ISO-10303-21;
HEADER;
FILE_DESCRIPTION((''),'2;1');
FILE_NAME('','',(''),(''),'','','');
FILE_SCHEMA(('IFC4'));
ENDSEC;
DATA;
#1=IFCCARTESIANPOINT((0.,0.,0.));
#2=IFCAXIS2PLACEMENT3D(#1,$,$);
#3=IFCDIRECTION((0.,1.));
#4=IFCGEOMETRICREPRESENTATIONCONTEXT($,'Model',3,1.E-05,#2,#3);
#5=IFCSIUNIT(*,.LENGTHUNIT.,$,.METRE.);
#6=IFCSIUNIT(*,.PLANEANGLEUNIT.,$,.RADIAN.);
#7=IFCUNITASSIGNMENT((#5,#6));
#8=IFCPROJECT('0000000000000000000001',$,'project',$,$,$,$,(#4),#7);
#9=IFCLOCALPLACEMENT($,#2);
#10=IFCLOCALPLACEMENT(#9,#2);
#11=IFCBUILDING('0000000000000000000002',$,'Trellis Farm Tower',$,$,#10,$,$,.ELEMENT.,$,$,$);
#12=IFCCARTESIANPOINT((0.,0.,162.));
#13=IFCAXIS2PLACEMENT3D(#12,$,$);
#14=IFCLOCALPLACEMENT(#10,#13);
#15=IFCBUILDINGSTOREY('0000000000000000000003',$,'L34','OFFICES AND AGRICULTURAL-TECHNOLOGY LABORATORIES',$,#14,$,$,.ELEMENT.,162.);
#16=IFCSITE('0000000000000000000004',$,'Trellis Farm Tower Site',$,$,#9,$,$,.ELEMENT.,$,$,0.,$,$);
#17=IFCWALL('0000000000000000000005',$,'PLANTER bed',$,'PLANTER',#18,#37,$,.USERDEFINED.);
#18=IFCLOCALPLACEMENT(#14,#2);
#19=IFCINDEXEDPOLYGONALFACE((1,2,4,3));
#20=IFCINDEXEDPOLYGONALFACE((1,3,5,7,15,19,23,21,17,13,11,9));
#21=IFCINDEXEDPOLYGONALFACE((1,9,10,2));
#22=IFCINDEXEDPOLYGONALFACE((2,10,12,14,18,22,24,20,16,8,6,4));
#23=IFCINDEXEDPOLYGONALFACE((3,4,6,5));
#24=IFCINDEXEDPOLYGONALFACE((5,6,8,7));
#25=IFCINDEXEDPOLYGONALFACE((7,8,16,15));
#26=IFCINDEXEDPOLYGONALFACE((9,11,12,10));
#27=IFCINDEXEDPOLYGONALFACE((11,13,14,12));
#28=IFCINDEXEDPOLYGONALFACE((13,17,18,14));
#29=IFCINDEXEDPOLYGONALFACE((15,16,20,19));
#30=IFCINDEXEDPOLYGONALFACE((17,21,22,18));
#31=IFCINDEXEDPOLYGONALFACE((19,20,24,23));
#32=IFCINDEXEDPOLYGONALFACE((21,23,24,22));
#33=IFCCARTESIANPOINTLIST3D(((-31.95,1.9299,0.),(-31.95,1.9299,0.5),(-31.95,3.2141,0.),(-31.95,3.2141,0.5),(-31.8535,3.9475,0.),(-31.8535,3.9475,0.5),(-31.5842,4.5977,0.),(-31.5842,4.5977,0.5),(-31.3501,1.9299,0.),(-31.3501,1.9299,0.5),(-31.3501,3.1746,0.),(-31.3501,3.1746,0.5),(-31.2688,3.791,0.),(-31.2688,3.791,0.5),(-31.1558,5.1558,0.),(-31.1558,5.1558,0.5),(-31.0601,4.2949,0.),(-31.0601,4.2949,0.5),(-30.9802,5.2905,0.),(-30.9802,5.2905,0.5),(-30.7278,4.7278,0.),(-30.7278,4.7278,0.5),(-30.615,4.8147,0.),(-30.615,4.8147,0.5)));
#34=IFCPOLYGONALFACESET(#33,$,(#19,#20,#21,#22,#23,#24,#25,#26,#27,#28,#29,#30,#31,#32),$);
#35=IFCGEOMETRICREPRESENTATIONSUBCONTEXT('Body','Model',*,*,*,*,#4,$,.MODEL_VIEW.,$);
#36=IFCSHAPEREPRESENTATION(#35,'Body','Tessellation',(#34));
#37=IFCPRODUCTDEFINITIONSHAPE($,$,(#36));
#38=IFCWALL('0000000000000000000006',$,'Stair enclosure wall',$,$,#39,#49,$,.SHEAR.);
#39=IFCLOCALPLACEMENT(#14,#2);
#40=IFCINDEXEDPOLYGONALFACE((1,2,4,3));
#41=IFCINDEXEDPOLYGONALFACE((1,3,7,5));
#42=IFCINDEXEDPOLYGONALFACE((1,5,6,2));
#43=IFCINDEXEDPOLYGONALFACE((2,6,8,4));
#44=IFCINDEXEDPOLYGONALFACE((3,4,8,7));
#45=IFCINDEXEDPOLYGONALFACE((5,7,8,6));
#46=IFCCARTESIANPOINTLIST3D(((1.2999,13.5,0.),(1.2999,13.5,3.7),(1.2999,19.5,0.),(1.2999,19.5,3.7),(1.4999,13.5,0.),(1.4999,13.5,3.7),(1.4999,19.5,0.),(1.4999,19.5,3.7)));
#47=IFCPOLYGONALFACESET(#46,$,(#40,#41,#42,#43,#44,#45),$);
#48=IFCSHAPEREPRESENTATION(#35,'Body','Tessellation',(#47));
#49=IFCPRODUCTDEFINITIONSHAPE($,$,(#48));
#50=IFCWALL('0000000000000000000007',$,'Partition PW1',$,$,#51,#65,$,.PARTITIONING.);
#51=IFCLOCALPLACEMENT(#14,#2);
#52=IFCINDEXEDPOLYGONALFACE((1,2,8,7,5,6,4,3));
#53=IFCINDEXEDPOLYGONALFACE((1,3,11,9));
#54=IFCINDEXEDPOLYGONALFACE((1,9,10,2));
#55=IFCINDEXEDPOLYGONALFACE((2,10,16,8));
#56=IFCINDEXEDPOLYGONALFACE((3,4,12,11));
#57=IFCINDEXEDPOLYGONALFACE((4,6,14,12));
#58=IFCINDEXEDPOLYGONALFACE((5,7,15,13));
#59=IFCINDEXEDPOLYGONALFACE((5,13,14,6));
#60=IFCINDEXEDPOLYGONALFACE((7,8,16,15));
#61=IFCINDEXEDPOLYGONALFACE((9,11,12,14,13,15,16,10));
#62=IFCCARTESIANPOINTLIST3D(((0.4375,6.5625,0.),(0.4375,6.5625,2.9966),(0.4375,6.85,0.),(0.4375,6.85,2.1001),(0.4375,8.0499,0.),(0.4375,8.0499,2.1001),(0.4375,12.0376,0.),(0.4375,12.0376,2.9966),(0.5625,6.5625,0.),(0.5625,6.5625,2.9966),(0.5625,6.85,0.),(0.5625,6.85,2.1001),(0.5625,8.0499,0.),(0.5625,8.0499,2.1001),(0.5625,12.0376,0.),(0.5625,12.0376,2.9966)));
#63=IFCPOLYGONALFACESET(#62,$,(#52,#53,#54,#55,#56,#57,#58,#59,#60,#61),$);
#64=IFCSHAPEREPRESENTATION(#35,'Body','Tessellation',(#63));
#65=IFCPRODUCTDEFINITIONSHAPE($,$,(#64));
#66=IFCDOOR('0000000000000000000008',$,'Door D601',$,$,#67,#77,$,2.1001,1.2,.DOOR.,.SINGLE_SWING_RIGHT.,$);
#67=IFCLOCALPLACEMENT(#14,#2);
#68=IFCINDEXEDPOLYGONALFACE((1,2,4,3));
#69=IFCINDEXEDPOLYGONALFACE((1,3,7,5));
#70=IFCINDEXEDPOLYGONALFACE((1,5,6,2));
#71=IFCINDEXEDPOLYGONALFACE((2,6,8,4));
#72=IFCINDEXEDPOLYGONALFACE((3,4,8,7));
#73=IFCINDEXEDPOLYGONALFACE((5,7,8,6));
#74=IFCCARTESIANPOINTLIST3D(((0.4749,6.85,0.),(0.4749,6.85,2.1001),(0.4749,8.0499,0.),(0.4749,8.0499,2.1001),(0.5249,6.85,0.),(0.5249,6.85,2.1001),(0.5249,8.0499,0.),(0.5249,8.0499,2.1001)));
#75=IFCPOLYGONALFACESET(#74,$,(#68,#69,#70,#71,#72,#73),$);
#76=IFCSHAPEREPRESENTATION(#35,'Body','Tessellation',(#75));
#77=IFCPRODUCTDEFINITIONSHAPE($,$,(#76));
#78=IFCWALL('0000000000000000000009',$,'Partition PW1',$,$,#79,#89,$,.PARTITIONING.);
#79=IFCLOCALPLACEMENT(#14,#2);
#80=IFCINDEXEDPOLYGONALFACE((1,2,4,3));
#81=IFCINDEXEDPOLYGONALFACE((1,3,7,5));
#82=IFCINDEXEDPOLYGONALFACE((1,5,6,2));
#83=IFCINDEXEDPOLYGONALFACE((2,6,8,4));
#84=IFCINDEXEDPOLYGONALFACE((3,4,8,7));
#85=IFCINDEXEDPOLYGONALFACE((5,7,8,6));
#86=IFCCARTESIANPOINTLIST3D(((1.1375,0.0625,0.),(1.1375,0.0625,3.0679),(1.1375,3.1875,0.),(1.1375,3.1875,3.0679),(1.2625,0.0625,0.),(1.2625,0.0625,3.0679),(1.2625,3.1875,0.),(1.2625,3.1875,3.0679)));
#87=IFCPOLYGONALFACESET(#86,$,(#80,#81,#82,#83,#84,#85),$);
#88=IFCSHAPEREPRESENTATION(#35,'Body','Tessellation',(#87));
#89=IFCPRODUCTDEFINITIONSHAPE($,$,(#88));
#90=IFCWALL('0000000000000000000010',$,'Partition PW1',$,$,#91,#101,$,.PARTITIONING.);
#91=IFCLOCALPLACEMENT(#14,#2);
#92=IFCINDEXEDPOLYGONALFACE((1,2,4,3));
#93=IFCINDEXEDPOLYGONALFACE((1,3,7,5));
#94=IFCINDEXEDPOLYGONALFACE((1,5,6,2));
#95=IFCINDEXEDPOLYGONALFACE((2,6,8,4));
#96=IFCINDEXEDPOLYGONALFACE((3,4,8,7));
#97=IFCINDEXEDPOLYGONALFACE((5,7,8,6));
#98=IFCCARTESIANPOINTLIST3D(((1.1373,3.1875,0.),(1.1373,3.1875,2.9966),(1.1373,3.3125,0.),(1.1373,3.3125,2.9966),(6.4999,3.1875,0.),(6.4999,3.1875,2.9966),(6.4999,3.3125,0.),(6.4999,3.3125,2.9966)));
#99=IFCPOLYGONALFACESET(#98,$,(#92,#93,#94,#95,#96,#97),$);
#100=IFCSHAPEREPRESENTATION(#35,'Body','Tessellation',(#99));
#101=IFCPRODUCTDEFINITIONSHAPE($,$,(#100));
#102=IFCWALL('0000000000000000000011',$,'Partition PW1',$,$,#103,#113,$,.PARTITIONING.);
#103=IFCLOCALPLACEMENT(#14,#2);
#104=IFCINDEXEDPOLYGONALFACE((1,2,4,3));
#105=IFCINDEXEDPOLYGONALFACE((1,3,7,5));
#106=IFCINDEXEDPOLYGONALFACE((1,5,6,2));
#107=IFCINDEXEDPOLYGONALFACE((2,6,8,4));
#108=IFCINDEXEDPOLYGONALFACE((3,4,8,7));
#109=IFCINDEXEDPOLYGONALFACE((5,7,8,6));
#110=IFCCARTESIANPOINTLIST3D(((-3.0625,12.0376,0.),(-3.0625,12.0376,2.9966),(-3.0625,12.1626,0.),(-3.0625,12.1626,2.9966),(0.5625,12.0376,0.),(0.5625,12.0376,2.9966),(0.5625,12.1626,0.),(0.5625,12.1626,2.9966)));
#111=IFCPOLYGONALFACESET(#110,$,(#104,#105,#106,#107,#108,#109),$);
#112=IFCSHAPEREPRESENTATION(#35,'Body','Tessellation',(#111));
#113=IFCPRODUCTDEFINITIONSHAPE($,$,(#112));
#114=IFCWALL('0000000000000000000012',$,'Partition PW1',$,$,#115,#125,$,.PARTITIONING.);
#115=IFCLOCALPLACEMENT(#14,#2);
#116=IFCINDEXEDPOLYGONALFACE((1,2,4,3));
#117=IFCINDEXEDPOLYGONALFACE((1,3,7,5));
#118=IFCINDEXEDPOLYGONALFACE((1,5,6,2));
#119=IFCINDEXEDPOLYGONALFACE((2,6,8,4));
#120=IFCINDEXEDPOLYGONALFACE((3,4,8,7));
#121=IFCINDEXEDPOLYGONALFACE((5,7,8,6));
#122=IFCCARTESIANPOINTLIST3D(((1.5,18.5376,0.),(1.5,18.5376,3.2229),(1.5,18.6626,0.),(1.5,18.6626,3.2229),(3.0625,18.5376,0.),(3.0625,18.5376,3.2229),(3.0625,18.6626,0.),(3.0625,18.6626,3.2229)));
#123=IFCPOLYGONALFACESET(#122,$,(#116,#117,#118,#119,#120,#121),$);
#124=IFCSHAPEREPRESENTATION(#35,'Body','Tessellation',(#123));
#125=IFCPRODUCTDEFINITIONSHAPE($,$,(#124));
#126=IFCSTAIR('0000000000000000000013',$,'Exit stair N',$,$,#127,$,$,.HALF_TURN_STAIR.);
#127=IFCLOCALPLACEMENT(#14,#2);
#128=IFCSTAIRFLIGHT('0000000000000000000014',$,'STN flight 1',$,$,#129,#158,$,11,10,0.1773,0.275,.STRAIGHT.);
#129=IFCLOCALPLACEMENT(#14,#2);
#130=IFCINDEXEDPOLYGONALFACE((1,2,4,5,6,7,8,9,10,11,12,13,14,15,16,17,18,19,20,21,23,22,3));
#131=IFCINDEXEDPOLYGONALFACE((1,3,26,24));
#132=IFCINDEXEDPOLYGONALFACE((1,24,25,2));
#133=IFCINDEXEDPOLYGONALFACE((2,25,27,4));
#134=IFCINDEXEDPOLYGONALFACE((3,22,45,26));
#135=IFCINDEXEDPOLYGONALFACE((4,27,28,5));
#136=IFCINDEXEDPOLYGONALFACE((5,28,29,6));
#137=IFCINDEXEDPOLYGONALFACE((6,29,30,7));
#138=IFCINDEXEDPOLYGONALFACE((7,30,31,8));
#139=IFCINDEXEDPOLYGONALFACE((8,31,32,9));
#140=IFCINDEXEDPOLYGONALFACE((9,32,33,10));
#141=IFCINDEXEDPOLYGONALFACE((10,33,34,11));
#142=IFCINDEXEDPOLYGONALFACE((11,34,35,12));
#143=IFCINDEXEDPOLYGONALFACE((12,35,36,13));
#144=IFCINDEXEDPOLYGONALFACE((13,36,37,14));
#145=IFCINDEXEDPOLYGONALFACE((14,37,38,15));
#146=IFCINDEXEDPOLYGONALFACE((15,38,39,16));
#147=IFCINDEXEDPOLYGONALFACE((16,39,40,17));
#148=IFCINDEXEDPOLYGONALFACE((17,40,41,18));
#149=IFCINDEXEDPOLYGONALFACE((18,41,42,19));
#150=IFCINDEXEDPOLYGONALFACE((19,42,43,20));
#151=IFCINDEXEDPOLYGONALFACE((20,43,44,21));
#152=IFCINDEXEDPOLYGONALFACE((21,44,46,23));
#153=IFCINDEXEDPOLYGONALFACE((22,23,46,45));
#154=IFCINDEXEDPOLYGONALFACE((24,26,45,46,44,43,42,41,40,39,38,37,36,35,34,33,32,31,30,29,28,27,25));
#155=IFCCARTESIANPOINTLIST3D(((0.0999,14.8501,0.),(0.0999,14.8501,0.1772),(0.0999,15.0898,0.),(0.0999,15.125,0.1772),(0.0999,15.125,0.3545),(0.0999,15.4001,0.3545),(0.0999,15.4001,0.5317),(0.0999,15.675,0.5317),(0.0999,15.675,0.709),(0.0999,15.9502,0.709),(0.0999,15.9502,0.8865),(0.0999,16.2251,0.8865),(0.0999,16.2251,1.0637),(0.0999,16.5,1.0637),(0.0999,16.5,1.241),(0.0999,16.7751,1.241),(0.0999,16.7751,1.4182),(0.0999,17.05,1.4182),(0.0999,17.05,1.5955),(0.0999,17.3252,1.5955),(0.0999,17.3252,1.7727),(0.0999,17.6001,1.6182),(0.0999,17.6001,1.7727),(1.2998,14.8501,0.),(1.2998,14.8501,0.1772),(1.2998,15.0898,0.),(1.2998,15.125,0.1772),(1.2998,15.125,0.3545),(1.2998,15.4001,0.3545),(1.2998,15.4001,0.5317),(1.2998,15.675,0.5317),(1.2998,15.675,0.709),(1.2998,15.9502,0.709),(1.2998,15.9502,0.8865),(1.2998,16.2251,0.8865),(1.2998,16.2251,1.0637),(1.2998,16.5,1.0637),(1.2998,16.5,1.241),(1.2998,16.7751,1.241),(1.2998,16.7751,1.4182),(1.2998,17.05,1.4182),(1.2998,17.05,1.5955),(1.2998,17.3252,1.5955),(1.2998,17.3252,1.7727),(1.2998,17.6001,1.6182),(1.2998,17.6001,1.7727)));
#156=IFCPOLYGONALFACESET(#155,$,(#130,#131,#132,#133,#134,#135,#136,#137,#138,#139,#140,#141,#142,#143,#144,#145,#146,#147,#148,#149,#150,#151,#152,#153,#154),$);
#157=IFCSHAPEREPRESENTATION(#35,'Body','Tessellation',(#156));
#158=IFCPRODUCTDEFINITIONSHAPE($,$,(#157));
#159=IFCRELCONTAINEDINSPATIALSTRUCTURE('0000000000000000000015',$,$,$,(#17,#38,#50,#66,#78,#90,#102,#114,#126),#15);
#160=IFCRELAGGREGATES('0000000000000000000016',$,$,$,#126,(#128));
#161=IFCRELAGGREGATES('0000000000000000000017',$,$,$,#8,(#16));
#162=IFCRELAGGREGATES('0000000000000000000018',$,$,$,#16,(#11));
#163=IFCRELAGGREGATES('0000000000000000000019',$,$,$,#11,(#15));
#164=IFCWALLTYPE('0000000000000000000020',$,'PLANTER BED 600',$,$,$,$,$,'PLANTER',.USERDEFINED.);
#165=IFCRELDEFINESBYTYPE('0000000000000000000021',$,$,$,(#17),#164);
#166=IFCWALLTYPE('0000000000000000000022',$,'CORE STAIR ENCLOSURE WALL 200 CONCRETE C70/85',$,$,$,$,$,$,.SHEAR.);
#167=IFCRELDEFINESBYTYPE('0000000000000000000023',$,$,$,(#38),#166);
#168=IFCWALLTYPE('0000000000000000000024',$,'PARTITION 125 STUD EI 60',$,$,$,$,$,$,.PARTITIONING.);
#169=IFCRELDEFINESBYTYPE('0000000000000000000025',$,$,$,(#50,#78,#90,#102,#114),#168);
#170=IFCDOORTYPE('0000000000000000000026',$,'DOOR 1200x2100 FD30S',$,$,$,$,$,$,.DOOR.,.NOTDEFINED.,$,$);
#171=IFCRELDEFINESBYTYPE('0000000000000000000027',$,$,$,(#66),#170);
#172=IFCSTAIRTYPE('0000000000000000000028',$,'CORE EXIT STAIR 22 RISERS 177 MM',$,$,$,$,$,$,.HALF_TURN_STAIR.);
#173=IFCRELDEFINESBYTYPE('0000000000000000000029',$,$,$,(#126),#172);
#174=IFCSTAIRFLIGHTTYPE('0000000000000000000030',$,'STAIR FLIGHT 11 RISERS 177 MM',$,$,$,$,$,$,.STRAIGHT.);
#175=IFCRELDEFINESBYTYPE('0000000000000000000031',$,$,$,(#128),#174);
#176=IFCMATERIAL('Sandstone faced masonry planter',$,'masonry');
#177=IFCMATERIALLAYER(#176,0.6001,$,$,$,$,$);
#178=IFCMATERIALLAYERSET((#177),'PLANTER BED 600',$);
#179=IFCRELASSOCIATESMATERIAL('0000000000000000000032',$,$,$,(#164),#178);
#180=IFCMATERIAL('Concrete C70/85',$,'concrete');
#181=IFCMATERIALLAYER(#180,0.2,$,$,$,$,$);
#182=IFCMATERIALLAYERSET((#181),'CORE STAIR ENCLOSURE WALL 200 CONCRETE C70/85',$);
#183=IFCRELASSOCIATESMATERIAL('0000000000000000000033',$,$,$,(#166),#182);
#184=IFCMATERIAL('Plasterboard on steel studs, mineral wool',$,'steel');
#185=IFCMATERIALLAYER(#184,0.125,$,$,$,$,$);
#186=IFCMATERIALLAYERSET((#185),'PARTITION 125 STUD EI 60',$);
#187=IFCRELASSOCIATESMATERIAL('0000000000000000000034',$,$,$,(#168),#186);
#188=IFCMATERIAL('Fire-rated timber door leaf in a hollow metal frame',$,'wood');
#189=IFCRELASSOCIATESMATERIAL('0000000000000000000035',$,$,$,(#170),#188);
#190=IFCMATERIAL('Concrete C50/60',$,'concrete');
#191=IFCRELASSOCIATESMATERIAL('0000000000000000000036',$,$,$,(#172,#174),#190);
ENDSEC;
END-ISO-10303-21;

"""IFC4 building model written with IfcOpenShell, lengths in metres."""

from ifc_helpers import new_model, si_unit, direction, frame, frame_2d, origin, place, context, subcontext, project, spatial, polyline, rectangle, outline, extrude, source, transform, mapped, material, layer, layer_set, type_object, element, fill, aggregate, save


model = new_model("IFC4")

# Units and contexts
model_context = context("Model", 3, precision=1e-05, world=origin(), true_north=direction((0.0, 1.0)))
body_context = subcontext(model_context, "Body", "Model", "MODEL_VIEW")
ifc_project = project(units=[si_unit("LENGTHUNIT", "METRE"), si_unit("PLANEANGLEUNIT", "RADIAN")], contexts=[model_context])

# Site, building, storey
site_placement = place(None, origin())
site = spatial("IfcSite", under=ifc_project, at=site_placement, Name="Trellis Farm Tower Site", CompositionType="ELEMENT", RefElevation=0.0)
building_placement = place(site_placement, origin())
building = spatial("IfcBuilding", under=site, at=building_placement, Name="Trellis Farm Tower", CompositionType="ELEMENT")
storey_placement = place(building_placement, frame((0.0, 0.0, 162.0)))
storey = spatial("IfcBuildingStorey", under=building, at=storey_placement, Name="L34", Description="OFFICES AND AGRICULTURAL-TECHNOLOGY LABORATORIES", CompositionType="ELEMENT", Elevation=162.0)

# Shared definitions
placement_1 = place(storey_placement, origin())

# Walls
ifc_material_1 = material(Name="Sandstone faced masonry planter", Category="masonry")
ifc_layer_1 = layer(ifc_material_1, 0.6001)
ifc_layer_set_1 = layer_set([ifc_layer_1], Name="PLANTER BED 600")
wall_type_1 = type_object("IfcWallType", Name="PLANTER BED 600", ElementType="PLANTER", PredefinedType="USERDEFINED", material=ifc_layer_set_1)
element("IfcWall", 1, at=placement_1, inside=storey, type_object=wall_type_1, Name="PLANTER bed", ObjectType="PLANTER", PredefinedType="USERDEFINED", context=body_context, shape_type="SweptSolid", body=[
    extrude(outline(polyline([(-31.8535, 3.9475), (-31.5842, 4.5977), (-31.1558, 5.1558), (-30.9802, 5.2905), (-30.615, 4.8147), (-30.7278, 4.7278), (-31.0601, 4.2949), (-31.2688, 3.791), (-31.3501, 3.1746), (-31.3501, 1.9299), (-31.95, 1.9299), (-31.95, 3.2141), (-31.8535, 3.9475)])), origin(), (0.0, 0.0, 1.0), 0.5),
])
ifc_material_2 = material(Name="Concrete C70/85", Category="concrete")
ifc_layer_2 = layer(ifc_material_2, 0.2)
ifc_layer_set_2 = layer_set([ifc_layer_2], Name="CORE STAIR ENCLOSURE WALL 200 CONCRETE C70/85")
wall_type_2 = type_object("IfcWallType", Name="CORE STAIR ENCLOSURE WALL 200 CONCRETE C70/85", PredefinedType="SHEAR", material=ifc_layer_set_2)
shared_shape_1 = source(origin(), body_context, "Body", "SweptSolid", [
    extrude(rectangle(XDim=6.0, YDim=0.2, at=frame_2d((3.0, 0.0))), origin(), (0.0, 0.0, 1.0), 3.7),
])
wall_1_placement = place(storey_placement, frame((1.3999, 13.5, 0.0), z_axis=(0.0, 0.0, 1.0), x_axis=(0.0, 1.0, 0.0)))
element("IfcWall", 2, at=wall_1_placement, inside=storey, type_object=wall_type_2, Name="Stair enclosure wall", PredefinedType="SHEAR", context=body_context, shape_type="MappedRepresentation", body=[
    mapped(shared_shape_1, transform((0.0, 0.0, 0.0))),
])

# Wall, opening, door
ifc_material_3 = material(Name="Plasterboard on steel studs, mineral wool", Category="steel")
ifc_layer_3 = layer(ifc_material_3, 0.125)
ifc_layer_set_3 = layer_set([ifc_layer_3], Name="PARTITION 125 STUD EI 60")
wall_type_3 = type_object("IfcWallType", Name="PARTITION 125 STUD EI 60", PredefinedType="PARTITIONING", material=ifc_layer_set_3)
shared_shape_2 = source(origin(), body_context, "Body", "SweptSolid", [
    extrude(rectangle(XDim=5.4751, YDim=0.125, at=frame_2d((2.7375, 0.0))), origin(), (0.0, 0.0, 1.0), 2.9966),
])
wall_2_placement = place(storey_placement, frame((0.5, 12.0376, 0.0), z_axis=(0.0, 0.0, 1.0), x_axis=(0.0, -1.0, 0.0)))
wall_2 = element("IfcWall", 3, at=wall_2_placement, inside=storey, type_object=wall_type_3, Name="Partition PW1", PredefinedType="PARTITIONING", context=body_context, shape_type="MappedRepresentation", body=[
    mapped(shared_shape_2, transform((0.0, 0.0, 0.0))),
])
shared_shape_3 = source(origin(), body_context, "Body", "SweptSolid", [
    extrude(rectangle(XDim=1.2, YDim=2.1001, at=frame_2d((0.6001, 1.05))), frame((0.0, 0.0725, 0.0), z_axis=(0.0, -1.0, 0.0), x_axis=(1.0, 0.0, 0.0)), (0.0, 0.0, 1.0), 0.145),
])
opening_placement = place(wall_2_placement, frame((3.9875, 0.0, 0.0)))
opening = element("IfcOpeningElement", 4, at=opening_placement, cuts=wall_2, PredefinedType="OPENING", context=body_context, shape_type="MappedRepresentation", body=[
    mapped(shared_shape_3, transform((0.0, 0.0, 0.0))),
])
ifc_material_4 = material(Name="Fire-rated timber door leaf in a hollow metal frame", Category="wood")
door_type = type_object("IfcDoorType", Name="DOOR 1200x2100 FD30S", OperationType="NOTDEFINED", PredefinedType="DOOR", material=ifc_material_4)
shared_shape_4 = source(origin(), body_context, "Body", "SweptSolid", [
    extrude(rectangle(XDim=1.2, YDim=2.1001, at=frame_2d((0.6001, 1.05))), frame((0.0, 0.0249, 0.0), z_axis=(0.0, -1.0, 0.0), x_axis=(1.0, 0.0, 0.0)), (0.0, 0.0, 1.0), 0.05),
])
door_placement = place(opening_placement, origin())
door = element("IfcDoor", 5, at=door_placement, inside=storey, type_object=door_type, Name="Door D601", OperationType="SINGLE_SWING_RIGHT", OverallHeight=2.1001, OverallWidth=1.2, PredefinedType="DOOR", context=body_context, shape_type="MappedRepresentation", body=[
    mapped(shared_shape_4, transform((0.0, 0.0, 0.0))),
])
fill(opening, door)

# Walls
shared_shape_5 = source(origin(), body_context, "Body", "SweptSolid", [
    extrude(rectangle(XDim=3.125, YDim=0.125, at=frame_2d((1.5625, 0.0))), origin(), (0.0, 0.0, 1.0), 3.0679),
])
wall_3_placement = place(storey_placement, frame((1.2, 3.1875, 0.0), z_axis=(0.0, 0.0, 1.0), x_axis=(0.0, -1.0, 0.0)))
element("IfcWall", 6, at=wall_3_placement, inside=storey, type_object=wall_type_3, Name="Partition PW1", PredefinedType="PARTITIONING", context=body_context, shape_type="MappedRepresentation", body=[
    mapped(shared_shape_5, transform((0.0, 0.0, 0.0))),
])
shared_shape_6 = source(origin(), body_context, "Body", "SweptSolid", [
    extrude(rectangle(XDim=5.3625, YDim=0.125, at=frame_2d((2.6812, 0.0))), origin(), (0.0, 0.0, 1.0), 2.9966),
])
wall_4_placement = place(storey_placement, frame((1.1375, 3.25, 0.0), z_axis=(0.0, 0.0, 1.0), x_axis=(1.0, 0.0, 0.0)))
element("IfcWall", 7, at=wall_4_placement, inside=storey, type_object=wall_type_3, Name="Partition PW1", PredefinedType="PARTITIONING", context=body_context, shape_type="MappedRepresentation", body=[
    mapped(shared_shape_6, transform((0.0, 0.0, 0.0))),
])
shared_shape_7 = source(origin(), body_context, "Body", "SweptSolid", [
    extrude(rectangle(XDim=3.625, YDim=0.125, at=frame_2d((1.8125, 0.0))), origin(), (0.0, 0.0, 1.0), 2.9966),
])
wall_5_placement = place(storey_placement, frame((0.5625, 12.1001, 0.0), z_axis=(0.0, 0.0, 1.0), x_axis=(-1.0, 0.0, 0.0)))
element("IfcWall", 8, at=wall_5_placement, inside=storey, type_object=wall_type_3, Name="Partition PW1", PredefinedType="PARTITIONING", context=body_context, shape_type="MappedRepresentation", body=[
    mapped(shared_shape_7, transform((0.0, 0.0, 0.0))),
])
shared_shape_8 = source(origin(), body_context, "Body", "SweptSolid", [
    extrude(rectangle(XDim=1.5625, YDim=0.125, at=frame_2d((0.7812, 0.0))), origin(), (0.0, 0.0, 1.0), 3.2229),
])
wall_6_placement = place(storey_placement, frame((1.5, 18.6001, 0.0), z_axis=(0.0, 0.0, 1.0), x_axis=(1.0, 0.0, 0.0)))
element("IfcWall", 9, at=wall_6_placement, inside=storey, type_object=wall_type_3, Name="Partition PW1", PredefinedType="PARTITIONING", context=body_context, shape_type="MappedRepresentation", body=[
    mapped(shared_shape_8, transform((0.0, 0.0, 0.0))),
])

# Stair, stair flight
ifc_material_5 = material(Name="Concrete C50/60", Category="concrete")
stair_type = type_object("IfcStairType", Name="CORE EXIT STAIR 22 RISERS 177 MM", PredefinedType="HALF_TURN_STAIR", material=ifc_material_5)
stair = element("IfcStair", 10, at=placement_1, inside=storey, type_object=stair_type, Name="Exit stair N", PredefinedType="HALF_TURN_STAIR")
stair_flight_type = type_object("IfcStairFlightType", Name="STAIR FLIGHT 11 RISERS 177 MM", PredefinedType="STRAIGHT", material=ifc_material_5)
shared_shape_9 = source(origin(), body_context, "Body", "SweptSolid", [
    extrude(outline(polyline([(0.0, 0.0), (0.0, 0.1772), (0.2749, 0.1772), (0.2749, 0.3545), (0.55, 0.3545), (0.55, 0.5317), (0.825, 0.5317), (0.825, 0.709), (1.1001, 0.709), (1.1001, 0.8865), (1.375, 0.8865), (1.375, 1.0637), (1.6499, 1.0637), (1.6499, 1.241), (1.925, 1.241), (1.925, 1.4182), (2.2, 1.4182), (2.2, 1.5955), (2.4751, 1.5955), (2.4751, 1.7727), (2.75, 1.7727), (2.75, 1.95), (2.75, 1.6182), (0.2397, 0.0), (0.0, 0.0)])), frame((0.0, 0.6001, 0.0), z_axis=(0.0, -1.0, 0.0), x_axis=(1.0, 0.0, 0.0)), (0.0, 0.0, 1.0), 1.2),
])
stair_flight_placement = place(storey_placement, frame((0.7, 14.8501, 0.0), z_axis=(0.0, 0.0, 1.0), x_axis=(0.0, 1.0, 0.0)))
stair_flight = element("IfcStairFlight", 11, at=stair_flight_placement, type_object=stair_flight_type, Name="STN flight 1", NumberOfRisers=11, NumberOfTreads=10, PredefinedType="STRAIGHT", RiserHeight=0.1773, TreadLength=0.275, context=body_context, shape_type="MappedRepresentation", body=[
    mapped(shared_shape_9, transform((0.0, 0.0, 0.0))),
])
aggregate(stair, [stair_flight])

save(model, "model.ifc")
